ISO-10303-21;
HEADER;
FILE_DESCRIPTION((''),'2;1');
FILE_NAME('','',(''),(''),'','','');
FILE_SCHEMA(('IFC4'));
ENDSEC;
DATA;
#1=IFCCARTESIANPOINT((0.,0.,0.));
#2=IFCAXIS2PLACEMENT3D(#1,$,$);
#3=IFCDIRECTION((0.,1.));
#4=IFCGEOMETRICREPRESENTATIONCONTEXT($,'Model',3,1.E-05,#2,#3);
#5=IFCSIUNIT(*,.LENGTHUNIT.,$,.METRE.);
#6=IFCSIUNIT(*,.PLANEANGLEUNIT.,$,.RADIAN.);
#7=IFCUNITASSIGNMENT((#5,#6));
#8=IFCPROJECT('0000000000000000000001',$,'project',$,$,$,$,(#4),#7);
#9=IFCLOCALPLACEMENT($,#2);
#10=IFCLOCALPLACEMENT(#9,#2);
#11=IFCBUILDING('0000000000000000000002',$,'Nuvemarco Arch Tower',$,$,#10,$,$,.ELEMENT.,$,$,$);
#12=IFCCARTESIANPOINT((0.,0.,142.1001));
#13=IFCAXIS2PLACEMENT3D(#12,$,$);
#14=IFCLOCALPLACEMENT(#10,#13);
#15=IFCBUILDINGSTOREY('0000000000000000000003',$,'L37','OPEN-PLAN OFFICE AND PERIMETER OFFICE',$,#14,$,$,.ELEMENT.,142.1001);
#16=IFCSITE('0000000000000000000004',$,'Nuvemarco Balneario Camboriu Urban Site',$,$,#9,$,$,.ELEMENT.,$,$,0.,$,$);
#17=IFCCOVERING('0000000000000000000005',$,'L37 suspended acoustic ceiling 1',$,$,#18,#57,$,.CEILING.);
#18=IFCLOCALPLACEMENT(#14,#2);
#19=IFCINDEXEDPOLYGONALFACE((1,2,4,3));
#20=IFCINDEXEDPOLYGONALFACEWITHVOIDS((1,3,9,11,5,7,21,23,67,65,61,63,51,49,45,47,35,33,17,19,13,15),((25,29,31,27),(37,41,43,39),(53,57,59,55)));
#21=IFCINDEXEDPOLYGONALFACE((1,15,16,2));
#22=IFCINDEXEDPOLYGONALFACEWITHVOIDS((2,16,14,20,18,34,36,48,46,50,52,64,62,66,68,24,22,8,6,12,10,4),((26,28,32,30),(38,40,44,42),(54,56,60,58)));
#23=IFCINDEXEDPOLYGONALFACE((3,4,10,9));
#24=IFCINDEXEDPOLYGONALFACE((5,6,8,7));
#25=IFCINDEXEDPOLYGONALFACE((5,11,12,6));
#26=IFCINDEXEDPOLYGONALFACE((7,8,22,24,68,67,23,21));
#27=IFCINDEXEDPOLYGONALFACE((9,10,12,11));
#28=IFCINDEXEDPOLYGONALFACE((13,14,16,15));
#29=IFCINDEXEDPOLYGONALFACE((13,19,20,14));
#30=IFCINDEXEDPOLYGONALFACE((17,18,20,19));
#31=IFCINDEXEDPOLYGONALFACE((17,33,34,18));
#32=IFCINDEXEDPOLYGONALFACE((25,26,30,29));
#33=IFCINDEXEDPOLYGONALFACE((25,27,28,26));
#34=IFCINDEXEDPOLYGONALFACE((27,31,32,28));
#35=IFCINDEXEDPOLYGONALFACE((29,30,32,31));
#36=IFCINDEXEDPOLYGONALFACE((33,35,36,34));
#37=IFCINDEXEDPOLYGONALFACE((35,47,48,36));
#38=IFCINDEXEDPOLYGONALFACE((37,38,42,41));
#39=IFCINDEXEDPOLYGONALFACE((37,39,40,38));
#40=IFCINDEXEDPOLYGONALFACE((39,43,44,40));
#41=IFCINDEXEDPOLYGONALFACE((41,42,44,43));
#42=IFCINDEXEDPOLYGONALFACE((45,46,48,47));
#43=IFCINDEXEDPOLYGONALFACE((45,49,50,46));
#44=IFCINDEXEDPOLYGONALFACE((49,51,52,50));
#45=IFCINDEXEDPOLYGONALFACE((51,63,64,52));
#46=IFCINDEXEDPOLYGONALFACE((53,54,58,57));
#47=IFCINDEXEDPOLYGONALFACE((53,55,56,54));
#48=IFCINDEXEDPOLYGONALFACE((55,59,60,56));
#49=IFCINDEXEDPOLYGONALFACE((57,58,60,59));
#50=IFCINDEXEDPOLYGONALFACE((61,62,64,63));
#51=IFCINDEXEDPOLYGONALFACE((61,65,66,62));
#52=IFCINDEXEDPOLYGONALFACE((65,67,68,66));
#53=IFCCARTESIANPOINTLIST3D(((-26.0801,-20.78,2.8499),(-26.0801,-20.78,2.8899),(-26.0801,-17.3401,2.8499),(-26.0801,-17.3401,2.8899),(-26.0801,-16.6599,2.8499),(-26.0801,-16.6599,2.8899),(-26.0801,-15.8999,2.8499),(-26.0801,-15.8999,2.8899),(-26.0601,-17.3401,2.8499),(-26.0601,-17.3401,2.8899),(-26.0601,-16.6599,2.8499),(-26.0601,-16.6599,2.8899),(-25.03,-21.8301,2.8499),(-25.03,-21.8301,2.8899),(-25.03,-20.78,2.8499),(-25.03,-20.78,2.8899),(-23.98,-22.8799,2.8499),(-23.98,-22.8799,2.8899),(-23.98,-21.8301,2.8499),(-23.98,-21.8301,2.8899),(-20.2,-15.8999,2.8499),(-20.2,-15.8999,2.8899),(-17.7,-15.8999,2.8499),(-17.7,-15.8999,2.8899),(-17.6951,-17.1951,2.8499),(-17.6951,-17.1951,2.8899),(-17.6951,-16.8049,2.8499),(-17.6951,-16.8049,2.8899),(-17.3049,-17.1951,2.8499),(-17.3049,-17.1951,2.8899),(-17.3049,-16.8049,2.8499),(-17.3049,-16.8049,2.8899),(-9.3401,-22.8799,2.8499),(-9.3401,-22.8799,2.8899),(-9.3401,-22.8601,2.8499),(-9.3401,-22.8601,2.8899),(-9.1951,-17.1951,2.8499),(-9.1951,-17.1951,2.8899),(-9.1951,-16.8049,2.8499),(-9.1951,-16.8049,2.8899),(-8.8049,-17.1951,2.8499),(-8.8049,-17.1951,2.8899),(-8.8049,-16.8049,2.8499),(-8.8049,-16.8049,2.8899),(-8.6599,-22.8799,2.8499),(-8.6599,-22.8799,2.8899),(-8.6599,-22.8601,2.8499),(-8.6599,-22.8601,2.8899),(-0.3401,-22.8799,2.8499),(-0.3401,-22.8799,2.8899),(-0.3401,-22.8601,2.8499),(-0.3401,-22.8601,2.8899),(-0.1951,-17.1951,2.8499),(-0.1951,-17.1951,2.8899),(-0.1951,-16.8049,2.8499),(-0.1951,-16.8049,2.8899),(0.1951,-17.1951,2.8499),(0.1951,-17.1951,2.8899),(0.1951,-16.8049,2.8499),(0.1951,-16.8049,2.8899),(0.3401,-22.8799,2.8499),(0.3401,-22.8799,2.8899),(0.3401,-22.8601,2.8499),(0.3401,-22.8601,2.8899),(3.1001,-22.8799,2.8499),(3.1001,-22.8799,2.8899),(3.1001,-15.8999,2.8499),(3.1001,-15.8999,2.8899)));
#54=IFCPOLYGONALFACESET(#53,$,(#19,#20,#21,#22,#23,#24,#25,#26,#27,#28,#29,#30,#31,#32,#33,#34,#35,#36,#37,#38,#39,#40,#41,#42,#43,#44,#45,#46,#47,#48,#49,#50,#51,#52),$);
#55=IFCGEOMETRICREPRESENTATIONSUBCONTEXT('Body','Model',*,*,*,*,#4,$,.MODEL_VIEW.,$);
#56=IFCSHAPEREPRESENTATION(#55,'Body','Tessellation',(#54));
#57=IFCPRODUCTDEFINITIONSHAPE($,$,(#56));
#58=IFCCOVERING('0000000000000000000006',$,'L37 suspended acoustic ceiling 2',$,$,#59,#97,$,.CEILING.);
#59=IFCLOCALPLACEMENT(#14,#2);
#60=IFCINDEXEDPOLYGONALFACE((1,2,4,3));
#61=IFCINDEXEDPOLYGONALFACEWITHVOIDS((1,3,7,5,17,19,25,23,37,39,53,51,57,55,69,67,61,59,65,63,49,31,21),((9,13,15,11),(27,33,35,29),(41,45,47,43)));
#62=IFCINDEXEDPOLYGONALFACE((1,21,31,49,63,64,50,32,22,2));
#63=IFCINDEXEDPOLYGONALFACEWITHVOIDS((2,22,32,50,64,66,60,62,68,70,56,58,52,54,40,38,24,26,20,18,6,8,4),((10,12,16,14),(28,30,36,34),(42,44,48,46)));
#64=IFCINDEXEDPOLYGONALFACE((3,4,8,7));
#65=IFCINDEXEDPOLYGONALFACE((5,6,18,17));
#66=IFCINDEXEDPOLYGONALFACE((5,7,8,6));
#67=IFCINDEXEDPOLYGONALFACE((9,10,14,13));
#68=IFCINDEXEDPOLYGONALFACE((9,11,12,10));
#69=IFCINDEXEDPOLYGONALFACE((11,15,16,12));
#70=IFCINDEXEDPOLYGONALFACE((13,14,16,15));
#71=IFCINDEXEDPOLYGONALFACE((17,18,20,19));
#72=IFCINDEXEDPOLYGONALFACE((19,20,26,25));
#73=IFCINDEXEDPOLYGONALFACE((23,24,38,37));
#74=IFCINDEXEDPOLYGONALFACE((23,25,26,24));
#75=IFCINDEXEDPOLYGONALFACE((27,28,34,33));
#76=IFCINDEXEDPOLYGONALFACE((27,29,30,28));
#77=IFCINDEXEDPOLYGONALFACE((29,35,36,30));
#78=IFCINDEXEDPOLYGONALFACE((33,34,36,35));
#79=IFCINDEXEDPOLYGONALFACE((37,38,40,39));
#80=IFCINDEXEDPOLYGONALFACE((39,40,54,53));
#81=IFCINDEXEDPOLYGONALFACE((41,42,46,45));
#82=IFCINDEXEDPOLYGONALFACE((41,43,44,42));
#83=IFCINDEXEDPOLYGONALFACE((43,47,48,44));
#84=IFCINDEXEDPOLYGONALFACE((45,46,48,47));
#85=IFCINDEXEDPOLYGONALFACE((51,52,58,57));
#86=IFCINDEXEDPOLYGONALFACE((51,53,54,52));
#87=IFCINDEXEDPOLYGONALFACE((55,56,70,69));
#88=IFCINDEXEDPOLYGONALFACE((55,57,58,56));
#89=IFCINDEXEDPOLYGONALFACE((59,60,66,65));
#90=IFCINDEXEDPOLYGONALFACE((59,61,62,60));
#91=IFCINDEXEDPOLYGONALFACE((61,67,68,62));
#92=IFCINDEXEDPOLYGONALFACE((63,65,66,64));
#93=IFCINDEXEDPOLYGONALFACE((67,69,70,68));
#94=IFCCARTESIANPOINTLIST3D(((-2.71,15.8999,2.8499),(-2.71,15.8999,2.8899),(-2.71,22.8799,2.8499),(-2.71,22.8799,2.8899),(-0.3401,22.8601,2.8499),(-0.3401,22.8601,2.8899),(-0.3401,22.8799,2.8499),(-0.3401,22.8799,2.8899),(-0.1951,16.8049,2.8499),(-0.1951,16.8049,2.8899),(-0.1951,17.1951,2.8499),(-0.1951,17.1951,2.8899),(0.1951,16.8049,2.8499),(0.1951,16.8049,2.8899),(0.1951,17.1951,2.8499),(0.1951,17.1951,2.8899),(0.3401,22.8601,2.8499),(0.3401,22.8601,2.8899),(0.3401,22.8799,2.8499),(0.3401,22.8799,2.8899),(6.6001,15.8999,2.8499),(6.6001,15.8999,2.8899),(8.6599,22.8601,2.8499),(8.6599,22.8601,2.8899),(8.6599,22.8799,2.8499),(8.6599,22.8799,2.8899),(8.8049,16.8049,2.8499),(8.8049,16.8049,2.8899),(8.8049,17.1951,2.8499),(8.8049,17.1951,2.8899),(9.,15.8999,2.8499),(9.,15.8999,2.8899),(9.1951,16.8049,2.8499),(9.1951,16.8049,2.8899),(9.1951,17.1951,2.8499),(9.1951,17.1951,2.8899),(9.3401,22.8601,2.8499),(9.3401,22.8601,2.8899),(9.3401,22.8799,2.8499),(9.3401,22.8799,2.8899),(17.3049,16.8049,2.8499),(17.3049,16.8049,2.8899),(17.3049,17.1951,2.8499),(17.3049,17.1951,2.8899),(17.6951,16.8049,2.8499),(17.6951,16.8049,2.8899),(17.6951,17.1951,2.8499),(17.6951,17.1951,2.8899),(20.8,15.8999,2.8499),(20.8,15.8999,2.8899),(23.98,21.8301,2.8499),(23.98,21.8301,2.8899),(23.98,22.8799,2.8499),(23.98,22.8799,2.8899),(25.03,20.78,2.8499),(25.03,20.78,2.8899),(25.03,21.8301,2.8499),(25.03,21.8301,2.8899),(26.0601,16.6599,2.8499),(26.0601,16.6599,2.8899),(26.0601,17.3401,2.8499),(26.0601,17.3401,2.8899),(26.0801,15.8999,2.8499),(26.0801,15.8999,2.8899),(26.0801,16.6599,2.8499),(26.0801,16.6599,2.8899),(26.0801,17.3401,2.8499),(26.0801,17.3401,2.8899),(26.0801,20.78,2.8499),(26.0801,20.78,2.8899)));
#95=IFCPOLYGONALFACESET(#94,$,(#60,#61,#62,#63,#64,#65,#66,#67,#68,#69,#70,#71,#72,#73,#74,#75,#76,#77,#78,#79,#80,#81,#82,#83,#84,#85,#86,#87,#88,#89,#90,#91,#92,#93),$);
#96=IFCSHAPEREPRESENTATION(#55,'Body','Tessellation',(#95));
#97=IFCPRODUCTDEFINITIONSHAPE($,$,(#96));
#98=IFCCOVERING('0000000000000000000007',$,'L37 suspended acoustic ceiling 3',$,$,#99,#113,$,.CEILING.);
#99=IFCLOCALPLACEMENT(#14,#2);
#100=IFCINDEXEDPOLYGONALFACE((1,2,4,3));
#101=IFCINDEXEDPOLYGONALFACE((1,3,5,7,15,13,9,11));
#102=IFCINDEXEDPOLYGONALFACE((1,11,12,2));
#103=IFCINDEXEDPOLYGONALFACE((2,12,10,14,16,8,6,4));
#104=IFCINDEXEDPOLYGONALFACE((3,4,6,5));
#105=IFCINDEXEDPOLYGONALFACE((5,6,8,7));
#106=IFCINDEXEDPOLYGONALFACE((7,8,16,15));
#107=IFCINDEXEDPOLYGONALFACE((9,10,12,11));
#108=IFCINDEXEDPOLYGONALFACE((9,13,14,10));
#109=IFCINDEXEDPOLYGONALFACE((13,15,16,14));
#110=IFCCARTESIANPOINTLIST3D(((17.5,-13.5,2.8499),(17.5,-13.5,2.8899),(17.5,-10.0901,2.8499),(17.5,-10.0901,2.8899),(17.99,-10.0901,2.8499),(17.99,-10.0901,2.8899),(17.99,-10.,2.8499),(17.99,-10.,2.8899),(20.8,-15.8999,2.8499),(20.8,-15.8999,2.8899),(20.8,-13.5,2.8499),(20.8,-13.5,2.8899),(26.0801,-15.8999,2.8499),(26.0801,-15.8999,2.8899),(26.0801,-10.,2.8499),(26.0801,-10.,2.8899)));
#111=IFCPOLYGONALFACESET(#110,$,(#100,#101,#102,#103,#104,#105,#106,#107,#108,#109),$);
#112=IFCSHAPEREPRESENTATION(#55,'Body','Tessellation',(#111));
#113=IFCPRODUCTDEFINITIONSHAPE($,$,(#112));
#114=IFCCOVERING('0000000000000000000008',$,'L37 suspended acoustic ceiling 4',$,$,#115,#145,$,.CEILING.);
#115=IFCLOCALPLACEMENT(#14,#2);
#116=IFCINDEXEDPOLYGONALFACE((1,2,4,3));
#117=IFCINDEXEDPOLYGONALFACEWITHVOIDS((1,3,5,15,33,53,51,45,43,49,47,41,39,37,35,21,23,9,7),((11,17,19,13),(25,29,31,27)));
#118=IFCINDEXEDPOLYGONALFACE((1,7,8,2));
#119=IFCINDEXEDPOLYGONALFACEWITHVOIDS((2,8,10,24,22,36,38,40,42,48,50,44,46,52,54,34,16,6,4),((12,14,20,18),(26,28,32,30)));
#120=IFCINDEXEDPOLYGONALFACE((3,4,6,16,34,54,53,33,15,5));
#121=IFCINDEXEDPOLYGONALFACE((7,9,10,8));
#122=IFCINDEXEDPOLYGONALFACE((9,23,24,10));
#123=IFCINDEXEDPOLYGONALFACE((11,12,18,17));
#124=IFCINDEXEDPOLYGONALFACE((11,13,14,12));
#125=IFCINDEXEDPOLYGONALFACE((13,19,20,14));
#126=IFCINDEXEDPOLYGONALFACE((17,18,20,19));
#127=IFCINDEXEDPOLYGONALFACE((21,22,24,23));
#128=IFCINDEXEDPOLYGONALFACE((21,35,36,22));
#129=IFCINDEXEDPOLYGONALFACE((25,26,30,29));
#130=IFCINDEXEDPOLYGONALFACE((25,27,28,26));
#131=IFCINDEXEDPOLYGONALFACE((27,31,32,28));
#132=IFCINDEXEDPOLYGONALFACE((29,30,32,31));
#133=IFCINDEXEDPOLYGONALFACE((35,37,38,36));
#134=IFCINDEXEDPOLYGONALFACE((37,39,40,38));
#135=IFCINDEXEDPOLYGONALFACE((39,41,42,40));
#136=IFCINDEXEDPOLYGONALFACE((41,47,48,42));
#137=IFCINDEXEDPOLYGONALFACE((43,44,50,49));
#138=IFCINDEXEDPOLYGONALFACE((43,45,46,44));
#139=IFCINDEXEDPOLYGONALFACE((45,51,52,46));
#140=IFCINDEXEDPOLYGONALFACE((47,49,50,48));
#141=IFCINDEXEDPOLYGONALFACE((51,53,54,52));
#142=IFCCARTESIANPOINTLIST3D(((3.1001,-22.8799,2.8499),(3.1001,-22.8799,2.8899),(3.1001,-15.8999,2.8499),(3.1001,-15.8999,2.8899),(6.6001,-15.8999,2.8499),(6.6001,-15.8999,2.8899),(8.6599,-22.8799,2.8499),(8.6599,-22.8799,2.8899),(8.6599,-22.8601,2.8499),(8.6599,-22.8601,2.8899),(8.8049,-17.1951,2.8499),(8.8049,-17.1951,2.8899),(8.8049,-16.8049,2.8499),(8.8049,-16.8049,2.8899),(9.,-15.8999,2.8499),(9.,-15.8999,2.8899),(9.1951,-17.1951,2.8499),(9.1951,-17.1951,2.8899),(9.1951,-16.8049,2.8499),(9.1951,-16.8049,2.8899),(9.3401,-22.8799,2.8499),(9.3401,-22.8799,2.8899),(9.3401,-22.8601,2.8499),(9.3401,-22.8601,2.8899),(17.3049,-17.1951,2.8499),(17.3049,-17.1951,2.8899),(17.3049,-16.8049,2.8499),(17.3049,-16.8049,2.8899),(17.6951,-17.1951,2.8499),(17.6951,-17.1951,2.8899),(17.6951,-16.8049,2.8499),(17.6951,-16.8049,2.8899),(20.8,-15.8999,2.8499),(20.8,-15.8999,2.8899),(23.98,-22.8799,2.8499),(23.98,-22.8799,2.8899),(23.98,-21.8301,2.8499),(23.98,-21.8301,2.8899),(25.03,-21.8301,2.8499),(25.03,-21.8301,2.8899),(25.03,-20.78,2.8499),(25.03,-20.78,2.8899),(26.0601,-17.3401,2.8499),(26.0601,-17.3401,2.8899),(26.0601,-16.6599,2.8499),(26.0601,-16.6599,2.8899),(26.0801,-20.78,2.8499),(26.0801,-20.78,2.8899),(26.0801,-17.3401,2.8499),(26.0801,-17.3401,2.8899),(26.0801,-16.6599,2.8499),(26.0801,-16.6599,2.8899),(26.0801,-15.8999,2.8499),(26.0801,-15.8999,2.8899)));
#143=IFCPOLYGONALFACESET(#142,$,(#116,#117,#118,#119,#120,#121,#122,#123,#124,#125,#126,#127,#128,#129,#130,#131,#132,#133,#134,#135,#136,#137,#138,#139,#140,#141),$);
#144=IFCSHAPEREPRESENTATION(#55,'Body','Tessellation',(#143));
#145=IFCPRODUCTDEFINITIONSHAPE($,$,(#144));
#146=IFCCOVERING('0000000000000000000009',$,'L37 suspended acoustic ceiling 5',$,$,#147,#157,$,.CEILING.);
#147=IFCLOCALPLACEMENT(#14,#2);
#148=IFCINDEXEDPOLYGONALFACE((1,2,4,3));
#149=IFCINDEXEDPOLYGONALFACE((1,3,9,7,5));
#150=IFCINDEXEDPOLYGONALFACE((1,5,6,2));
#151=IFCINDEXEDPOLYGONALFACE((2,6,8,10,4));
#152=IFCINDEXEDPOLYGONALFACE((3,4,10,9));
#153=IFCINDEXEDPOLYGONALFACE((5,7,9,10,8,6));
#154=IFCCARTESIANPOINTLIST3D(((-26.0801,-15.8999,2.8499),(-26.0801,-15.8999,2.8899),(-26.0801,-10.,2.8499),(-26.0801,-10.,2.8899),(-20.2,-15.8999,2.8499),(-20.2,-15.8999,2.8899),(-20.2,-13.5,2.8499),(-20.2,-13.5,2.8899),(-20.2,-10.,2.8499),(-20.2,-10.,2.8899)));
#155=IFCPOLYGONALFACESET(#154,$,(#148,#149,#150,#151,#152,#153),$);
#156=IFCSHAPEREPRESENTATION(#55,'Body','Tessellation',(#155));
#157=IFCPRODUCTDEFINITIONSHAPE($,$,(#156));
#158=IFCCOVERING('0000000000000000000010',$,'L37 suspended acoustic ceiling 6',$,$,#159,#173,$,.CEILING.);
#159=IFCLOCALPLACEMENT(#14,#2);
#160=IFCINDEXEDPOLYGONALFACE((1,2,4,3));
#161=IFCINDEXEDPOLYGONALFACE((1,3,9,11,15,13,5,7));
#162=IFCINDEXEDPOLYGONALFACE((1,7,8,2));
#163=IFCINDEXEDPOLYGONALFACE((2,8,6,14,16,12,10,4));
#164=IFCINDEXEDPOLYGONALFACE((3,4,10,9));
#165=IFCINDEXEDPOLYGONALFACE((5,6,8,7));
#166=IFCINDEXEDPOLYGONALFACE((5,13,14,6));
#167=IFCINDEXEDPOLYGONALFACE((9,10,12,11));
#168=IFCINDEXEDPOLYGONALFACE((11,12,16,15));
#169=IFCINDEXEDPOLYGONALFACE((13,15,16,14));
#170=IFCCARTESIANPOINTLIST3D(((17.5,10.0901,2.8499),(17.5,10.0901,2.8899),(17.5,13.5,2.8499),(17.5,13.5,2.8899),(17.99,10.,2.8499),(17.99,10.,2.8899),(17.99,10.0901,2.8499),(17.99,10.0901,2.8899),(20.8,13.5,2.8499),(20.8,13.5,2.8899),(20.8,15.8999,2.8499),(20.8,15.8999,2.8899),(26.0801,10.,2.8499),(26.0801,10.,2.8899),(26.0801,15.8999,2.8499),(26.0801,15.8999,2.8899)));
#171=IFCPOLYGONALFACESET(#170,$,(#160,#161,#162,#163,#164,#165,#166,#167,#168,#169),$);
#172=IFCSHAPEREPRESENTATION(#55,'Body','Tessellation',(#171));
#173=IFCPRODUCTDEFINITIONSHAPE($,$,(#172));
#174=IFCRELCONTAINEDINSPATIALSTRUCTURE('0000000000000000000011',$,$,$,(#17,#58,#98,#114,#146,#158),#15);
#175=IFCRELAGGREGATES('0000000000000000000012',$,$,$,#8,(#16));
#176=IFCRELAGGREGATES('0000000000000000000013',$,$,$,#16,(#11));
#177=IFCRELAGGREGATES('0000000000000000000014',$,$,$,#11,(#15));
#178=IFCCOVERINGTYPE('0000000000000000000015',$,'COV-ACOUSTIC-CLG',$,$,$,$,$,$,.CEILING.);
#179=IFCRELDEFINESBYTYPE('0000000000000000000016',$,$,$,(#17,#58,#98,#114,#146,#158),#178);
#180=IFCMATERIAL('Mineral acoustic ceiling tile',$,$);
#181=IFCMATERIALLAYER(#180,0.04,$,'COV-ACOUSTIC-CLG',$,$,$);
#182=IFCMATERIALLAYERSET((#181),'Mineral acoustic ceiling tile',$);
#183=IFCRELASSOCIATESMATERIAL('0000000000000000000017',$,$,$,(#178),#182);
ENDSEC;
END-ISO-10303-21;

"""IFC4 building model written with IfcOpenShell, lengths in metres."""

from ifc_helpers import new_model, si_unit, direction, frame, origin, place, context, subcontext, project, spatial, polyline, outline, extrude, material, layer, layer_set, type_object, element, save


model = new_model("IFC4")

# Units and contexts
model_context = context("Model", 3, precision=1e-05, world=origin(), true_north=direction((0.0, 1.0)))
body_context = subcontext(model_context, "Body", "Model", "MODEL_VIEW")
ifc_project = project(units=[si_unit("LENGTHUNIT", "METRE"), si_unit("PLANEANGLEUNIT", "RADIAN")], contexts=[model_context])

# Site, building, storey
site_placement = place(None, origin())
site = spatial("IfcSite", under=ifc_project, at=site_placement, Name="Nuvemarco Balneario Camboriu Urban Site", CompositionType="ELEMENT", RefElevation=0.0)
building_placement = place(site_placement, origin())
building = spatial("IfcBuilding", under=site, at=building_placement, Name="Nuvemarco Arch Tower", CompositionType="ELEMENT")
storey_placement = place(building_placement, frame((0.0, 0.0, 142.1001)))
storey = spatial("IfcBuildingStorey", under=building, at=storey_placement, Name="L37", Description="OPEN-PLAN OFFICE AND PERIMETER OFFICE", CompositionType="ELEMENT", Elevation=142.1001)

# Coverings
ifc_material_1 = material(Name="Mineral acoustic ceiling tile")
ifc_layer_1 = layer(ifc_material_1, 0.04, Name="COV-ACOUSTIC-CLG")
ifc_layer_set_1 = layer_set([ifc_layer_1], Name="Mineral acoustic ceiling tile")
covering_type = type_object("IfcCoveringType", Name="COV-ACOUSTIC-CLG", PredefinedType="CEILING", material=ifc_layer_set_1)
covering_1_placement = place(storey_placement, frame((0.0, 0.0, 2.8499)))
element("IfcCovering", 1, at=covering_1_placement, inside=storey, type_object=covering_type, Name="L37 suspended acoustic ceiling 1", PredefinedType="CEILING", context=body_context, shape_type="SweptSolid", body=[
    extrude(outline(polyline([(-26.0801, -20.78), (-26.0801, -17.3401), (-26.0601, -17.3401), (-26.0601, -16.6599), (-26.0801, -16.6599), (-26.0801, -15.8999), (-20.2, -15.8999), (-17.7, -15.8999), (3.1001, -15.8999), (3.1001, -22.8799), (0.3401, -22.8799), (0.3401, -22.8601), (-0.3401, -22.8601), (-0.3401, -22.8799), (-8.6599, -22.8799), (-8.6599, -22.8601), (-9.3401, -22.8601), (-9.3401, -22.8799), (-23.98, -22.8799), (-23.98, -21.8301), (-25.03, -21.8301), (-25.03, -20.78), (-26.0801, -20.78)]), holes=[polyline([(-17.3049, -16.8049), (-17.6951, -16.8049), (-17.6951, -17.1951), (-17.3049, -17.1951), (-17.3049, -16.8049)]), polyline([(-8.8049, -17.1951), (-8.8049, -16.8049), (-9.1951, -16.8049), (-9.1951, -17.1951), (-8.8049, -17.1951)]), polyline([(0.1951, -17.1951), (0.1951, -16.8049), (-0.1951, -16.8049), (-0.1951, -17.1951), (0.1951, -17.1951)])]), origin(), (0.0, 0.0, 1.0), 0.04),
])
covering_2_placement = place(storey_placement, frame((0.0, 0.0, 2.8499)))
element("IfcCovering", 2, at=covering_2_placement, inside=storey, type_object=covering_type, Name="L37 suspended acoustic ceiling 2", PredefinedType="CEILING", context=body_context, shape_type="SweptSolid", body=[
    extrude(outline(polyline([(26.0801, 20.78), (26.0801, 17.3401), (26.0601, 17.3401), (26.0601, 16.6599), (26.0801, 16.6599), (26.0801, 15.8999), (20.8, 15.8999), (9.0, 15.8999), (6.6001, 15.8999), (-2.71, 15.8999), (-2.71, 22.8799), (-0.3401, 22.8799), (-0.3401, 22.8601), (0.3401, 22.8601), (0.3401, 22.8799), (8.6599, 22.8799), (8.6599, 22.8601), (9.3401, 22.8601), (9.3401, 22.8799), (23.98, 22.8799), (23.98, 21.8301), (25.03, 21.8301), (25.03, 20.78), (26.0801, 20.78)]), holes=[polyline([(0.1951, 16.8049), (0.1951, 17.1951), (-0.1951, 17.1951), (-0.1951, 16.8049), (0.1951, 16.8049)]), polyline([(9.1951, 17.1951), (8.8049, 17.1951), (8.8049, 16.8049), (9.1951, 16.8049), (9.1951, 17.1951)]), polyline([(17.6951, 16.8049), (17.6951, 17.1951), (17.3049, 17.1951), (17.3049, 16.8049), (17.6951, 16.8049)])]), origin(), (0.0, 0.0, 1.0), 0.04),
])
covering_3_placement = place(storey_placement, frame((0.0, 0.0, 2.8499)))
element("IfcCovering", 3, at=covering_3_placement, inside=storey, type_object=covering_type, Name="L37 suspended acoustic ceiling 3", PredefinedType="CEILING", context=body_context, shape_type="SweptSolid", body=[
    extrude(outline(polyline([(17.5, -10.0901), (17.99, -10.0901), (17.99, -10.0), (26.0801, -10.0), (26.0801, -15.8999), (20.8, -15.8999), (20.8, -13.5), (17.5, -13.5), (17.5, -10.0901)])), origin(), (0.0, 0.0, 1.0), 0.04),
])
covering_4_placement = place(storey_placement, frame((0.0, 0.0, 2.8499)))
element("IfcCovering", 4, at=covering_4_placement, inside=storey, type_object=covering_type, Name="L37 suspended acoustic ceiling 4", PredefinedType="CEILING", context=body_context, shape_type="SweptSolid", body=[
    extrude(outline(polyline([(23.98, -22.8799), (9.3401, -22.8799), (9.3401, -22.8601), (8.6599, -22.8601), (8.6599, -22.8799), (3.1001, -22.8799), (3.1001, -15.8999), (6.6001, -15.8999), (9.0, -15.8999), (20.8, -15.8999), (26.0801, -15.8999), (26.0801, -16.6599), (26.0601, -16.6599), (26.0601, -17.3401), (26.0801, -17.3401), (26.0801, -20.78), (25.03, -20.78), (25.03, -21.8301), (23.98, -21.8301), (23.98, -22.8799)]), holes=[polyline([(9.1951, -17.1951), (9.1951, -16.8049), (8.8049, -16.8049), (8.8049, -17.1951), (9.1951, -17.1951)]), polyline([(17.6951, -17.1951), (17.6951, -16.8049), (17.3049, -16.8049), (17.3049, -17.1951), (17.6951, -17.1951)])]), origin(), (0.0, 0.0, 1.0), 0.04),
])
covering_5_placement = place(storey_placement, frame((0.0, 0.0, 2.8499)))
element("IfcCovering", 5, at=covering_5_placement, inside=storey, type_object=covering_type, Name="L37 suspended acoustic ceiling 5", PredefinedType="CEILING", context=body_context, shape_type="SweptSolid", body=[
    extrude(outline(polyline([(-20.2, -13.5), (-20.2, -15.8999), (-26.0801, -15.8999), (-26.0801, -10.0), (-20.2, -10.0), (-20.2, -13.5)])), origin(), (0.0, 0.0, 1.0), 0.04),
])
covering_6_placement = place(storey_placement, frame((0.0, 0.0, 2.8499)))
element("IfcCovering", 6, at=covering_6_placement, inside=storey, type_object=covering_type, Name="L37 suspended acoustic ceiling 6", PredefinedType="CEILING", context=body_context, shape_type="SweptSolid", body=[
    extrude(outline(polyline([(17.99, 10.0901), (17.5, 10.0901), (17.5, 13.5), (20.8, 13.5), (20.8, 15.8999), (26.0801, 15.8999), (26.0801, 10.0), (17.99, 10.0), (17.99, 10.0901)])), origin(), (0.0, 0.0, 1.0), 0.04),
])

save(model, "model.ifc")
